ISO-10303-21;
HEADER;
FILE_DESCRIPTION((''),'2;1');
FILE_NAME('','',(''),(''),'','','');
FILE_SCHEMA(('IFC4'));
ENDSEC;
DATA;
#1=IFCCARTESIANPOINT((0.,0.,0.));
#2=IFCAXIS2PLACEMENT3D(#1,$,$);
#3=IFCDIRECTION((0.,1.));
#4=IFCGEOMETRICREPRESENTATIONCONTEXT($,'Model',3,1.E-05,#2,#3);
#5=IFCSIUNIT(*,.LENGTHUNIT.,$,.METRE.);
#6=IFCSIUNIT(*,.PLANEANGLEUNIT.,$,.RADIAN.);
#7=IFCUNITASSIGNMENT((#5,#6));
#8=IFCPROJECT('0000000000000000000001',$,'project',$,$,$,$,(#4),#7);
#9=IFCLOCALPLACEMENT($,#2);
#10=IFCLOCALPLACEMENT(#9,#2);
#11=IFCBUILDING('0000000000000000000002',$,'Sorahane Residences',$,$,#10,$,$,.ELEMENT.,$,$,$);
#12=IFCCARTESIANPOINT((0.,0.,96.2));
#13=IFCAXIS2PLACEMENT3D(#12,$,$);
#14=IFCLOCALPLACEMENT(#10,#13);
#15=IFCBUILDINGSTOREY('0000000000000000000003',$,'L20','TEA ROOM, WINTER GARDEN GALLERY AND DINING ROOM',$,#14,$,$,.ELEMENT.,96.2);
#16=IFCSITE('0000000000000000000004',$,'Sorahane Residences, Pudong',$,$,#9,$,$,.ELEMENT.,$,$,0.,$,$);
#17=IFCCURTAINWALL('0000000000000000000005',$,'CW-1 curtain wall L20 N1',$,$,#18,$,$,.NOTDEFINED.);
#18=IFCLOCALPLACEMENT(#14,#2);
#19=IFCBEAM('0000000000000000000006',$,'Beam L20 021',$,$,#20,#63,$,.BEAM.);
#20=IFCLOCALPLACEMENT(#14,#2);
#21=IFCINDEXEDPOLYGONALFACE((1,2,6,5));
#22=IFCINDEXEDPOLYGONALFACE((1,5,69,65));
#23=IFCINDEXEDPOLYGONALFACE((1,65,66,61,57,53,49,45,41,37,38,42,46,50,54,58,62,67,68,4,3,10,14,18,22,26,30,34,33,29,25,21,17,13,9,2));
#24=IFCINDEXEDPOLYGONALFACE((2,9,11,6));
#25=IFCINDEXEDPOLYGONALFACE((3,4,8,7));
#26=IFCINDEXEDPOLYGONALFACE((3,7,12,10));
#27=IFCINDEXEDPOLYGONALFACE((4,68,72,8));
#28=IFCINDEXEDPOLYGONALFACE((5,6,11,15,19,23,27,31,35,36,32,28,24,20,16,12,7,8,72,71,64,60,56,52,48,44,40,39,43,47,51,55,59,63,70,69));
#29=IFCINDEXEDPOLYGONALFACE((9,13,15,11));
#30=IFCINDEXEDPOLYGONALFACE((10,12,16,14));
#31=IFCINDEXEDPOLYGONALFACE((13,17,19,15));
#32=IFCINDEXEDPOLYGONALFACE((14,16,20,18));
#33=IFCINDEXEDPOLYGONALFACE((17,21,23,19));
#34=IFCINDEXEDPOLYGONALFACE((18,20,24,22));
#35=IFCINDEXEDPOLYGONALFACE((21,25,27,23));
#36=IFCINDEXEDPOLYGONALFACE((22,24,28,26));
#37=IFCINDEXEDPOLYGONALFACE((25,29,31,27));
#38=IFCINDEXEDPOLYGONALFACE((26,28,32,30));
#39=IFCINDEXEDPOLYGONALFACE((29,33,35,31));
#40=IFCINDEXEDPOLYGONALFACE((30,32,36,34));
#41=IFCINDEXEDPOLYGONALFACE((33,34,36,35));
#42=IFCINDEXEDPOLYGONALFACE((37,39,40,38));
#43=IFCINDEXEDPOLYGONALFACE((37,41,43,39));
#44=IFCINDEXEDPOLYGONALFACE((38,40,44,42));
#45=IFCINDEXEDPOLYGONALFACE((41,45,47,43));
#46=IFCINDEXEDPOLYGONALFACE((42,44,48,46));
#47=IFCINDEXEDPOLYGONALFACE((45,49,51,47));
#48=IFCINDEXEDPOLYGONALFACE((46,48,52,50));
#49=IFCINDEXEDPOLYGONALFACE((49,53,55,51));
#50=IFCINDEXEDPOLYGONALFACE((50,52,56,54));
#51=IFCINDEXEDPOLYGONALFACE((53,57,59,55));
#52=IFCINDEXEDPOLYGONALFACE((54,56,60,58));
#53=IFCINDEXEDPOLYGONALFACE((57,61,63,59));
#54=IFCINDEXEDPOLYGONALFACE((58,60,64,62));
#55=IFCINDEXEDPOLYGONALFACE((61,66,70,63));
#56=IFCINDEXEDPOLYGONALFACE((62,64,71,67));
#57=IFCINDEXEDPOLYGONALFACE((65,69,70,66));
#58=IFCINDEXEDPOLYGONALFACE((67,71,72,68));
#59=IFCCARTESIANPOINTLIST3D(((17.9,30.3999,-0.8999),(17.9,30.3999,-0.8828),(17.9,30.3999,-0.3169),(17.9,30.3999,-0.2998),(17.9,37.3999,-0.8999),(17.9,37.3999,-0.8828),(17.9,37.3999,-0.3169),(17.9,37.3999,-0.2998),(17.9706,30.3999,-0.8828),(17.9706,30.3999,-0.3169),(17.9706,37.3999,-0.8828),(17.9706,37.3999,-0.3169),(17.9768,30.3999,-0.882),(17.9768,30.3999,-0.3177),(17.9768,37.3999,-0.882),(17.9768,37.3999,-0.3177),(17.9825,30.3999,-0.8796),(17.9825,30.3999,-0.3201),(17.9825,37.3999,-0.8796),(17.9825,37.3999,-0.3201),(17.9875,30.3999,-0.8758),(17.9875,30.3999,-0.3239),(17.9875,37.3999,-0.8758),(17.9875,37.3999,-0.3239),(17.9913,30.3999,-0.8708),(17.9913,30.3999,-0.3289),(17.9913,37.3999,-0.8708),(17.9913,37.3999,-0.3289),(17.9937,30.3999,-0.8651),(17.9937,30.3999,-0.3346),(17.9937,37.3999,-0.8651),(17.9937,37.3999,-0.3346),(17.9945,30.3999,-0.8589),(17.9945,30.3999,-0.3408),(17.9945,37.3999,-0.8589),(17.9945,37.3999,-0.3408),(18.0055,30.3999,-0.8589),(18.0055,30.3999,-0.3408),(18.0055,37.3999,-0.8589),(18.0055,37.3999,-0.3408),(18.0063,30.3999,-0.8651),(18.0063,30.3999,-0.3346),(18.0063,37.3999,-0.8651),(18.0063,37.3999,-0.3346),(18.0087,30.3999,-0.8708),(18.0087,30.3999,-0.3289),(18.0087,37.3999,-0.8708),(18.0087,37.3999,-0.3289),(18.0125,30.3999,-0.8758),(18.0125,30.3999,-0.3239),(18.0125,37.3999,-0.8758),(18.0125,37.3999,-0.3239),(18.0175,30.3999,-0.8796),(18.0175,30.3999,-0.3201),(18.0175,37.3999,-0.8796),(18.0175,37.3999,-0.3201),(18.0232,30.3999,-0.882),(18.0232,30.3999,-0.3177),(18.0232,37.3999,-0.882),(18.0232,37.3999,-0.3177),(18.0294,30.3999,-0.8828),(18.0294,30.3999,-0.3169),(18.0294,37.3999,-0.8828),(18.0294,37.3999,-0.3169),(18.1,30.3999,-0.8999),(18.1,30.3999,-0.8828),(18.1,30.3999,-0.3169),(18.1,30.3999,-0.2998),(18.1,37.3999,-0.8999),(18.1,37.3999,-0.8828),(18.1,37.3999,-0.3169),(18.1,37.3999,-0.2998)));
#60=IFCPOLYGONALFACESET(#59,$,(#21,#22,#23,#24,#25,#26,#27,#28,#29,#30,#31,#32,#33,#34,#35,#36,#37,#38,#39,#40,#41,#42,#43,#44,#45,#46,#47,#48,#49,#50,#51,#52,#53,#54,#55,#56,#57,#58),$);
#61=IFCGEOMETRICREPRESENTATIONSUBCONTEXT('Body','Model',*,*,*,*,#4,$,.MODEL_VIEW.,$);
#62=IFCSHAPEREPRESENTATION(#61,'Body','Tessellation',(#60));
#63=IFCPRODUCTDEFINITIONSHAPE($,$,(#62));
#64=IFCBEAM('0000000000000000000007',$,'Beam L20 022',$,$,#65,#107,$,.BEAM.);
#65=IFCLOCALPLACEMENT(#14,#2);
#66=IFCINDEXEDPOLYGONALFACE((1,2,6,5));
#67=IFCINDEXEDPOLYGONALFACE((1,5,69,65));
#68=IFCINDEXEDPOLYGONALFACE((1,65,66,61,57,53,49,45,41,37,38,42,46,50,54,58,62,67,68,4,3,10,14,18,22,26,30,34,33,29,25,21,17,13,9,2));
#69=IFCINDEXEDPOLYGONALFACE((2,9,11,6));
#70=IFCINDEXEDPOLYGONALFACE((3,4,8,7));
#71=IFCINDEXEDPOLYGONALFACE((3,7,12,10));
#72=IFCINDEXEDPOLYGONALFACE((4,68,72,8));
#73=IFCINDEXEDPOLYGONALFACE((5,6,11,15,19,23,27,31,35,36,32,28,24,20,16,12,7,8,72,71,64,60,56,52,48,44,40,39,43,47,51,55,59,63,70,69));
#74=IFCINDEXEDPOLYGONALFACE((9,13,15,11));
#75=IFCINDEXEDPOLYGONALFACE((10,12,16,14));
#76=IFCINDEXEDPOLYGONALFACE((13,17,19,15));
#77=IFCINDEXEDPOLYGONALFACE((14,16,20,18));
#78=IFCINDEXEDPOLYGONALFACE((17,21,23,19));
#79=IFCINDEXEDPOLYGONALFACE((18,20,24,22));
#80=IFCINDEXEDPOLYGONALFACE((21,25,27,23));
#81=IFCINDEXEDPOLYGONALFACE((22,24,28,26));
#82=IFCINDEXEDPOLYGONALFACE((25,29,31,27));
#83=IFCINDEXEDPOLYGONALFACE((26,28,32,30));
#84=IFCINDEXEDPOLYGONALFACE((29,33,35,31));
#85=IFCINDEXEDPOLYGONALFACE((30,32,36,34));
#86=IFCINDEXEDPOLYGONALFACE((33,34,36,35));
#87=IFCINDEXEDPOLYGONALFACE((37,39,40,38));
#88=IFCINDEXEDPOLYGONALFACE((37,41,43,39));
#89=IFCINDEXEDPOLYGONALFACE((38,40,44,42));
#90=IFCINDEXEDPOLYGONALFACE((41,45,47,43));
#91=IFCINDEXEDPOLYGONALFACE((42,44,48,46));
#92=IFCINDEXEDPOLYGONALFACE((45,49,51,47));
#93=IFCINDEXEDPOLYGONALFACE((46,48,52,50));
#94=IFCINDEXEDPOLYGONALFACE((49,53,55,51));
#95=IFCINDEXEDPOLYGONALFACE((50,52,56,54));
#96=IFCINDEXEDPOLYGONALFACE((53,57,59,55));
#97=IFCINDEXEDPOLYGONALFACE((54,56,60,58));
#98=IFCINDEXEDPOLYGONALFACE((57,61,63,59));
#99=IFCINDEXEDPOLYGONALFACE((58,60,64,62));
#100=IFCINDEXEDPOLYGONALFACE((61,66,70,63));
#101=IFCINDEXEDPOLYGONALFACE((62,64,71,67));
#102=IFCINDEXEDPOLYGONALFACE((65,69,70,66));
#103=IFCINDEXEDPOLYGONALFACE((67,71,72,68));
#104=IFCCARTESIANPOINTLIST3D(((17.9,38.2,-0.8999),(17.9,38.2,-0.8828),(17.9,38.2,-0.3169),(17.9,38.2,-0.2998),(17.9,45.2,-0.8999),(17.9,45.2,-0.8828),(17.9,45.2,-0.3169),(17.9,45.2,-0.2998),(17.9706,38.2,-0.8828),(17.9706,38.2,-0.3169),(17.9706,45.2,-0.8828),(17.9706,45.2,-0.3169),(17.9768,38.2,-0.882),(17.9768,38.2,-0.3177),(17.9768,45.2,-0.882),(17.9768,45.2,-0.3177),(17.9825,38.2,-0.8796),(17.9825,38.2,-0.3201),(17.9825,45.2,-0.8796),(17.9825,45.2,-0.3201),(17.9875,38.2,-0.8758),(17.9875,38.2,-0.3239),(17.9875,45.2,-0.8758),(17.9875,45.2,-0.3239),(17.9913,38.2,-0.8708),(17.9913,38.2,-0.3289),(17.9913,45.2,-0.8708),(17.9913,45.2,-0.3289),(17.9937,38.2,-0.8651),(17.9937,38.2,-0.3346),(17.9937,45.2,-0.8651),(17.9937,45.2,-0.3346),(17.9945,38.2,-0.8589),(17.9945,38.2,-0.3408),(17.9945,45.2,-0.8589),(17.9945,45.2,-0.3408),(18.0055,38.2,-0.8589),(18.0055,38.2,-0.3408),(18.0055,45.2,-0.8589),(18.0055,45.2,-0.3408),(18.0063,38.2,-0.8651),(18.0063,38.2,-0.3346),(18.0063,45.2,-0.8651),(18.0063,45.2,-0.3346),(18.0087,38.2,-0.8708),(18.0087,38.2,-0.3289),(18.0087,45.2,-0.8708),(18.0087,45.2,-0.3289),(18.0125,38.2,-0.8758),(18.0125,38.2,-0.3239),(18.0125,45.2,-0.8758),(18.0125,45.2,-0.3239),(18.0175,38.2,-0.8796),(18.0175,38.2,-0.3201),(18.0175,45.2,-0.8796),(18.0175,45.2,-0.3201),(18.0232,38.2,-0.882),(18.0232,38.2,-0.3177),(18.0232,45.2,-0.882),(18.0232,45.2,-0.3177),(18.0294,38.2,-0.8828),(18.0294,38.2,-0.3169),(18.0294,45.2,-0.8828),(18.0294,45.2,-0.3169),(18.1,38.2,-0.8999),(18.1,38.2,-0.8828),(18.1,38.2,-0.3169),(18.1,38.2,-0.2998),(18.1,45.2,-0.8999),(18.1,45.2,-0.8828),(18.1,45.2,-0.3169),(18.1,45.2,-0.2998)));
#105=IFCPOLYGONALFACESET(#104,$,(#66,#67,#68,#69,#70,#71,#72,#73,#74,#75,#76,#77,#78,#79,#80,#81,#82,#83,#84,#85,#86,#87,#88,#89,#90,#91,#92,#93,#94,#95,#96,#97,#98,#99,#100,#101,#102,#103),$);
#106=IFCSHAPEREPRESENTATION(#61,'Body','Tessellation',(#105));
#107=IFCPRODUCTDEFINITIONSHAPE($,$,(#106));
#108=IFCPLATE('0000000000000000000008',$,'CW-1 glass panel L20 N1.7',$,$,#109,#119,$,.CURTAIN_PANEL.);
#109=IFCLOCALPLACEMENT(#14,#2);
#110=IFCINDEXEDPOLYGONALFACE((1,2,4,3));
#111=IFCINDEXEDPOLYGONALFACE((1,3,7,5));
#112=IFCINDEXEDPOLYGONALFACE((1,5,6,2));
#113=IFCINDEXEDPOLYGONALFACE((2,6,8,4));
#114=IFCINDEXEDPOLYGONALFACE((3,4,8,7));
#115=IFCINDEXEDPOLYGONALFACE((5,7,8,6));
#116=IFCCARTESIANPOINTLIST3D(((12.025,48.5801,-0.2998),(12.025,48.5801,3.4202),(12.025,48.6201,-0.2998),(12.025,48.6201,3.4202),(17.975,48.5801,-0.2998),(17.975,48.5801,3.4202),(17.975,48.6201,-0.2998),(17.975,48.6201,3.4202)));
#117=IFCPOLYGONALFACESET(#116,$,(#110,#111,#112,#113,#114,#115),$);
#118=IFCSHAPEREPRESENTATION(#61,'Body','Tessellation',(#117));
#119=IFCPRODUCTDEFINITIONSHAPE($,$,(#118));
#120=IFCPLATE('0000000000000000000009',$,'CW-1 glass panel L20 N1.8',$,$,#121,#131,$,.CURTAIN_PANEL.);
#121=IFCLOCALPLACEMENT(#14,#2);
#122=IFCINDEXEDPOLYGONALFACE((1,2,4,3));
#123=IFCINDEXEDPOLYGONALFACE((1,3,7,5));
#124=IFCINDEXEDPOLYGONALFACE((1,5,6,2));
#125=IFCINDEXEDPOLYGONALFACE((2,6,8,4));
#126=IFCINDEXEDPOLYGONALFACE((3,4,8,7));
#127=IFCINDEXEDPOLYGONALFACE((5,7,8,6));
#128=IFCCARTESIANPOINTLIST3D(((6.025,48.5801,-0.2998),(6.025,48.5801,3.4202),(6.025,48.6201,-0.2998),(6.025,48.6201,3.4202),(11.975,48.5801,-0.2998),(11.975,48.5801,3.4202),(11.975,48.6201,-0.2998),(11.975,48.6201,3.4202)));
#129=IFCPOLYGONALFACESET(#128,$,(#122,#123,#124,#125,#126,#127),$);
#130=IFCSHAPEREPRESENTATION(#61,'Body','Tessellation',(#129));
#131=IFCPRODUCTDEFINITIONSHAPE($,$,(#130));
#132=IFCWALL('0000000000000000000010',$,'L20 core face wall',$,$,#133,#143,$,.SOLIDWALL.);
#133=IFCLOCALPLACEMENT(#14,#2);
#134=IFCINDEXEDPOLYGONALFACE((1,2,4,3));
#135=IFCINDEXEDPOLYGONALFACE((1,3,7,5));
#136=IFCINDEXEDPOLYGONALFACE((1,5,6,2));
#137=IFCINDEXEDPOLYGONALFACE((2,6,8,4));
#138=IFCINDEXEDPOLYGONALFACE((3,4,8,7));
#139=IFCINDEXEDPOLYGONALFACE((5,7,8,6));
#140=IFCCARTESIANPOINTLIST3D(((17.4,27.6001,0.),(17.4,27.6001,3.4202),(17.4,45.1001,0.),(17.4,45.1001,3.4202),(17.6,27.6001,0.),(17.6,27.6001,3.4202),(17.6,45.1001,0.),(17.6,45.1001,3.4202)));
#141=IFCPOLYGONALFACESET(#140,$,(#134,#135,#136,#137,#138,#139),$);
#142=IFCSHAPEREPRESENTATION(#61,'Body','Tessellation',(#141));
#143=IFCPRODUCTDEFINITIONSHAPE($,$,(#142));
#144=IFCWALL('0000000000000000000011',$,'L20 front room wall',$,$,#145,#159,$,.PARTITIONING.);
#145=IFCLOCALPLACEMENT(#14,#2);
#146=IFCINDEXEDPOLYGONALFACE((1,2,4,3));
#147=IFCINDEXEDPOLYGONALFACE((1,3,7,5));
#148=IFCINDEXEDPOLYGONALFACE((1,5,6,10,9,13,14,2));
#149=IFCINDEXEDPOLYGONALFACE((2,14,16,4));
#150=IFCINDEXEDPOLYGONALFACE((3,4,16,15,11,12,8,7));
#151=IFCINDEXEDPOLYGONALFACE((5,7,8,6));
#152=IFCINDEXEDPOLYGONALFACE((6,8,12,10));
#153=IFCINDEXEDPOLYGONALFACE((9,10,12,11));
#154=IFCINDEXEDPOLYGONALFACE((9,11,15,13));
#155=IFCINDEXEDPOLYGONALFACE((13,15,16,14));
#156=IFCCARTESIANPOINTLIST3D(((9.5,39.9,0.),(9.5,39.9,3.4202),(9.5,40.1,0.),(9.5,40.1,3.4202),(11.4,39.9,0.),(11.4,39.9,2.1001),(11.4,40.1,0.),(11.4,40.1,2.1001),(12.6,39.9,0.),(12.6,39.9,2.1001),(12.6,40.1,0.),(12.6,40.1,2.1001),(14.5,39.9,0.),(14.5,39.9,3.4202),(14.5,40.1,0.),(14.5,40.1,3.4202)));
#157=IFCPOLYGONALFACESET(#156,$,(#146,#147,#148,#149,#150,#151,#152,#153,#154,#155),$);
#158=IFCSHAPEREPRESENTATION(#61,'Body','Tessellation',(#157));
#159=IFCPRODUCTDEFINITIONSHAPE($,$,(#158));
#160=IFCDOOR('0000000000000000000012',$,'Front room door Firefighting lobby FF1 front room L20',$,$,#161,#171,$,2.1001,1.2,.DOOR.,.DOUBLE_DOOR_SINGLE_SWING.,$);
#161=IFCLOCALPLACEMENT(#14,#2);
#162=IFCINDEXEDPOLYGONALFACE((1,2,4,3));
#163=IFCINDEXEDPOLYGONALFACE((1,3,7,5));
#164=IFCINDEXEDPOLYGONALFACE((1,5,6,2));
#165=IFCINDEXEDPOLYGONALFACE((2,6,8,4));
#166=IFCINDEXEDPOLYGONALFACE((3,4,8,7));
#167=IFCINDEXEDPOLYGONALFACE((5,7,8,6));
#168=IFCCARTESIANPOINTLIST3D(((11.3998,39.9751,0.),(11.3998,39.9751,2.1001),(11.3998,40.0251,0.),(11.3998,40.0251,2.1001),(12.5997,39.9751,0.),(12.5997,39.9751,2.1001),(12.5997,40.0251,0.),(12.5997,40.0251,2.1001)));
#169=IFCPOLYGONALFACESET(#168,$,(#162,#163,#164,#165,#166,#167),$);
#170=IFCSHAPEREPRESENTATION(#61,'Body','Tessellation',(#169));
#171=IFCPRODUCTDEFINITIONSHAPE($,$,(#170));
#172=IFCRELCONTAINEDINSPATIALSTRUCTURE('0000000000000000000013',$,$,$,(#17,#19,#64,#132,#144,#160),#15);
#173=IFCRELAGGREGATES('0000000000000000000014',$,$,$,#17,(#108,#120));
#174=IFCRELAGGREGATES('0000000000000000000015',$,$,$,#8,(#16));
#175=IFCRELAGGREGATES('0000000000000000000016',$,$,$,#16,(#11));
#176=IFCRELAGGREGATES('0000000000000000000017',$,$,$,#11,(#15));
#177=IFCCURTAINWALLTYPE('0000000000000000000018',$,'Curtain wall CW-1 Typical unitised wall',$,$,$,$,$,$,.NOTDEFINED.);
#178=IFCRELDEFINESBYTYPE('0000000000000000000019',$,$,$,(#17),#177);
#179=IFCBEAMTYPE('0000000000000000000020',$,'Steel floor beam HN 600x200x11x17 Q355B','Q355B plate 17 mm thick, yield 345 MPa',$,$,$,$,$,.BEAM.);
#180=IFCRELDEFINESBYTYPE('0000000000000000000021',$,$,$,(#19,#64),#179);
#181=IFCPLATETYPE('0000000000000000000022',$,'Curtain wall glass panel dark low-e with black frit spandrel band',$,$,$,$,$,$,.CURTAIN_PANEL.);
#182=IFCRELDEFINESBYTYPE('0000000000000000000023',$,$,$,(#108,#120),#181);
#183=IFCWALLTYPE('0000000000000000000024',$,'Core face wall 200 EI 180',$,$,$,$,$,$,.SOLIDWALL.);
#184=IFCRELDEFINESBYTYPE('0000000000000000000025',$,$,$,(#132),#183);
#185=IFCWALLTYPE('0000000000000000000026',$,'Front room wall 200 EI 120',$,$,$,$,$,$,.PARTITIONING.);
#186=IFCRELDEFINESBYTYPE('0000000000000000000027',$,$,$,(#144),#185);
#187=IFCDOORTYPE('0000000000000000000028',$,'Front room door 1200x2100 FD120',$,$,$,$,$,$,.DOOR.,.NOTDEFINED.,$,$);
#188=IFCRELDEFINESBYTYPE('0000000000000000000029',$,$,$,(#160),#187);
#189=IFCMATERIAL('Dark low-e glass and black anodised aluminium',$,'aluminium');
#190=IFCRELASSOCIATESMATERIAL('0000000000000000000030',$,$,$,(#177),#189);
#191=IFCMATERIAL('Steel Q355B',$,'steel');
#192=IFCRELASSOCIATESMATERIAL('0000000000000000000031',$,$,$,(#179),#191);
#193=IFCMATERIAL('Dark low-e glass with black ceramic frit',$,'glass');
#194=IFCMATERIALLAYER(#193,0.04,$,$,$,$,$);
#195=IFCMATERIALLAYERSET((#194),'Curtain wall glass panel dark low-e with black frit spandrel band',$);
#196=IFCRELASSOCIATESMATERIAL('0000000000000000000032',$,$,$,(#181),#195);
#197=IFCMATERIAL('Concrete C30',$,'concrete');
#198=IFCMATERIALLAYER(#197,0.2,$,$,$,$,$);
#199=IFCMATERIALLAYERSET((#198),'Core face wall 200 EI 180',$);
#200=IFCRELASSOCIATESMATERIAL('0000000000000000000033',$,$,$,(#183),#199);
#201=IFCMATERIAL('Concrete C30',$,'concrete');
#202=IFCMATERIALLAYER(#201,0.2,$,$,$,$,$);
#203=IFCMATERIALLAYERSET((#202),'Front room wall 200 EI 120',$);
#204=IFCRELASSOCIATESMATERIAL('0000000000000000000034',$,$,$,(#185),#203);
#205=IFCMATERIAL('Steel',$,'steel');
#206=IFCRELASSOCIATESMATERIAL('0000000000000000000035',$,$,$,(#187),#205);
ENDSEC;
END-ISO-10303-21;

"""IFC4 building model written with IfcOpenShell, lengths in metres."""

from ifc_helpers import new_model, si_unit, direction, frame, frame_2d, origin, origin_2d, place, context, subcontext, project, spatial, rectangle, i_section, extrude, material, layer, layer_set, material_profile, profile_set, type_object, element, fill, aggregate, save


model = new_model("IFC4")

# Units and contexts
model_context = context("Model", 3, precision=1e-05, world=origin(), true_north=direction((0.0, 1.0)))
body_context = subcontext(model_context, "Body", "Model", "MODEL_VIEW")
ifc_project = project(units=[si_unit("LENGTHUNIT", "METRE"), si_unit("PLANEANGLEUNIT", "RADIAN")], contexts=[model_context])

# Site, building, storey
site_placement = place(None, origin())
site = spatial("IfcSite", under=ifc_project, at=site_placement, Name="Sorahane Residences, Pudong", CompositionType="ELEMENT", RefElevation=0.0)
building_placement = place(site_placement, origin())
building = spatial("IfcBuilding", under=site, at=building_placement, Name="Sorahane Residences", CompositionType="ELEMENT")
storey_placement = place(building_placement, frame((0.0, 0.0, 96.2)))
storey = spatial("IfcBuildingStorey", under=building, at=storey_placement, Name="L20", Description="TEA ROOM, WINTER GARDEN GALLERY AND DINING ROOM", CompositionType="ELEMENT", Elevation=96.2)

# Curtain wall
ifc_material_1 = material(Name="Dark low-e glass and black anodised aluminium", Category="aluminium")
curtain_wall_type = type_object("IfcCurtainWallType", Name="Curtain wall CW-1 Typical unitised wall", PredefinedType="NOTDEFINED", material=ifc_material_1)
curtain_wall_placement = place(storey_placement, origin())
curtain_wall = element("IfcCurtainWall", 1, at=curtain_wall_placement, inside=storey, type_object=curtain_wall_type, Name="CW-1 curtain wall L20 N1", PredefinedType="NOTDEFINED")

# Beams
ifc_material_2 = material(Name="Steel Q355B", Category="steel")
ifc_material_profile_1 = material_profile(ifc_material_2, i_section(OverallWidth=0.2, OverallDepth=0.6001, WebThickness=0.011, FlangeThickness=0.0171, FilletRadius=0.0239, at=origin_2d()), Name="HN 600x200x11x17")
ifc_profile_set_1 = profile_set([ifc_material_profile_1], Name="Steel Q355B")
beam_type_1 = type_object("IfcBeamType", Name="Steel floor beam HN 600x200x11x17 Q355B", Description="Q355B plate 17 mm thick, yield 345 MPa", PredefinedType="BEAM", material=ifc_profile_set_1)
for number, where, z_axis, x_axis, name in (
    (2, (18.0, 30.3999, -0.5999), (0.0, 1.0, 0.0), (-1.0, 0.0, 0.0), "Beam L20 021"),
    (3, (18.0, 38.2, -0.5999), (0.0, 1.0, 0.0), (-1.0, 0.0, 0.0), "Beam L20 022"),
):
    element("IfcBeam", number, at=place(storey_placement, frame(where, z_axis=z_axis, x_axis=x_axis)), inside=storey, type_object=beam_type_1, Name=name, PredefinedType="BEAM", context=body_context, shape_type="SweptSolid", body=[
        extrude(i_section(OverallWidth=0.2, OverallDepth=0.6001, WebThickness=0.011, FlangeThickness=0.0171, FilletRadius=0.0239, at=origin_2d()), origin(), (0.0, 0.0, 1.0), 7.0),
    ])

# Plates
ifc_material_3 = material(Name="Dark low-e glass with black ceramic frit", Category="glass")
ifc_layer_1 = layer(ifc_material_3, 0.04)
ifc_layer_set_1 = layer_set([ifc_layer_1], Name="Curtain wall glass panel dark low-e with black frit spandrel band")
plate_type = type_object("IfcPlateType", Name="Curtain wall glass panel dark low-e with black frit spandrel band", PredefinedType="CURTAIN_PANEL", material=ifc_layer_set_1)
plate_1_placement = place(storey_placement, frame((15.0, 48.6001, -0.2998), z_axis=(0.0, 0.0, 1.0), x_axis=(-1.0, 0.0, 0.0)))
plate_1 = element("IfcPlate", 4, at=plate_1_placement, type_object=plate_type, Name="CW-1 glass panel L20 N1.7", PredefinedType="CURTAIN_PANEL", context=body_context, shape_type="SweptSolid", body=[
    extrude(rectangle(XDim=5.95, YDim=0.04, at=origin_2d()), origin(), (0.0, 0.0, 1.0), 3.72),
])
plate_2_placement = place(storey_placement, frame((9.0, 48.6001, -0.2998), z_axis=(0.0, 0.0, 1.0), x_axis=(-1.0, 0.0, 0.0)))
plate_2 = element("IfcPlate", 5, at=plate_2_placement, type_object=plate_type, Name="CW-1 glass panel L20 N1.8", PredefinedType="CURTAIN_PANEL", context=body_context, shape_type="SweptSolid", body=[
    extrude(rectangle(XDim=5.95, YDim=0.04, at=origin_2d()), origin(), (0.0, 0.0, 1.0), 3.72),
])
aggregate(curtain_wall, [plate_1, plate_2])

# Wall
ifc_material_4 = material(Name="Concrete C30", Category="concrete")
ifc_layer_2 = layer(ifc_material_4, 0.2)
ifc_layer_set_2 = layer_set([ifc_layer_2], Name="Core face wall 200 EI 180")
wall_type_1 = type_object("IfcWallType", Name="Core face wall 200 EI 180", PredefinedType="SOLIDWALL", material=ifc_layer_set_2)
wall_1_placement = place(storey_placement, frame((17.5, 27.6001, 0.0), z_axis=(0.0, 0.0, 1.0), x_axis=(0.0, 1.0, 0.0)))
element("IfcWall", 6, at=wall_1_placement, inside=storey, type_object=wall_type_1, Name="L20 core face wall", PredefinedType="SOLIDWALL", context=body_context, shape_type="SweptSolid", body=[
    extrude(rectangle(XDim=17.5, YDim=0.2, at=frame_2d((8.75, 0.0))), origin(), (0.0, 0.0, 1.0), 3.4202),
])

# Wall, opening, door
ifc_material_5 = material(Name="Concrete C30", Category="concrete")
ifc_layer_3 = layer(ifc_material_5, 0.2)
ifc_layer_set_3 = layer_set([ifc_layer_3], Name="Front room wall 200 EI 120")
wall_type_2 = type_object("IfcWallType", Name="Front room wall 200 EI 120", PredefinedType="PARTITIONING", material=ifc_layer_set_3)
wall_2_placement = place(storey_placement, frame((9.5, 40.0, 0.0), z_axis=(0.0, 0.0, 1.0), x_axis=(1.0, 0.0, 0.0)))
wall_2 = element("IfcWall", 7, at=wall_2_placement, inside=storey, type_object=wall_type_2, Name="L20 front room wall", PredefinedType="PARTITIONING", context=body_context, shape_type="SweptSolid", body=[
    extrude(rectangle(XDim=5.0, YDim=0.2, at=frame_2d((2.5, 0.0))), origin(), (0.0, 0.0, 1.0), 3.4202),
])
opening_1_placement = place(wall_2_placement, frame((1.8999, 0.0, 0.0)))
opening_1 = element("IfcOpeningElement", 8, at=opening_1_placement, cuts=wall_2, PredefinedType="OPENING", context=body_context, shape_type="SweptSolid", body=[
    extrude(rectangle(XDim=1.2, YDim=2.1001, at=frame_2d((0.6001, 1.05))), frame((0.0, 0.1099, 0.0), z_axis=(0.0, -1.0, 0.0), x_axis=(1.0, 0.0, 0.0)), (0.0, 0.0, 1.0), 0.22),
])
ifc_material_6 = material(Name="Steel", Category="steel")
door_type_1 = type_object("IfcDoorType", Name="Front room door 1200x2100 FD120", OperationType="NOTDEFINED", PredefinedType="DOOR", material=ifc_material_6)
door_1_placement = place(opening_1_placement, frame((1.2, 0.0, 0.0), z_axis=(0.0, 0.0, 1.0), x_axis=(-1.0, 0.0, 0.0)))
door_1 = element("IfcDoor", 9, at=door_1_placement, inside=storey, type_object=door_type_1, Name="Front room door Firefighting lobby FF1 front room L20", OperationType="DOUBLE_DOOR_SINGLE_SWING", OverallHeight=2.1001, OverallWidth=1.2, PredefinedType="DOOR", context=body_context, shape_type="SweptSolid", body=[
    extrude(rectangle(XDim=1.2, YDim=2.1001, at=frame_2d((0.6001, 1.05))), frame((0.0, 0.0249, 0.0), z_axis=(0.0, -1.0, 0.0), x_axis=(1.0, 0.0, 0.0)), (0.0, 0.0, 1.0), 0.05),
])
fill(opening_1, door_1)

save(model, "model.ifc")
